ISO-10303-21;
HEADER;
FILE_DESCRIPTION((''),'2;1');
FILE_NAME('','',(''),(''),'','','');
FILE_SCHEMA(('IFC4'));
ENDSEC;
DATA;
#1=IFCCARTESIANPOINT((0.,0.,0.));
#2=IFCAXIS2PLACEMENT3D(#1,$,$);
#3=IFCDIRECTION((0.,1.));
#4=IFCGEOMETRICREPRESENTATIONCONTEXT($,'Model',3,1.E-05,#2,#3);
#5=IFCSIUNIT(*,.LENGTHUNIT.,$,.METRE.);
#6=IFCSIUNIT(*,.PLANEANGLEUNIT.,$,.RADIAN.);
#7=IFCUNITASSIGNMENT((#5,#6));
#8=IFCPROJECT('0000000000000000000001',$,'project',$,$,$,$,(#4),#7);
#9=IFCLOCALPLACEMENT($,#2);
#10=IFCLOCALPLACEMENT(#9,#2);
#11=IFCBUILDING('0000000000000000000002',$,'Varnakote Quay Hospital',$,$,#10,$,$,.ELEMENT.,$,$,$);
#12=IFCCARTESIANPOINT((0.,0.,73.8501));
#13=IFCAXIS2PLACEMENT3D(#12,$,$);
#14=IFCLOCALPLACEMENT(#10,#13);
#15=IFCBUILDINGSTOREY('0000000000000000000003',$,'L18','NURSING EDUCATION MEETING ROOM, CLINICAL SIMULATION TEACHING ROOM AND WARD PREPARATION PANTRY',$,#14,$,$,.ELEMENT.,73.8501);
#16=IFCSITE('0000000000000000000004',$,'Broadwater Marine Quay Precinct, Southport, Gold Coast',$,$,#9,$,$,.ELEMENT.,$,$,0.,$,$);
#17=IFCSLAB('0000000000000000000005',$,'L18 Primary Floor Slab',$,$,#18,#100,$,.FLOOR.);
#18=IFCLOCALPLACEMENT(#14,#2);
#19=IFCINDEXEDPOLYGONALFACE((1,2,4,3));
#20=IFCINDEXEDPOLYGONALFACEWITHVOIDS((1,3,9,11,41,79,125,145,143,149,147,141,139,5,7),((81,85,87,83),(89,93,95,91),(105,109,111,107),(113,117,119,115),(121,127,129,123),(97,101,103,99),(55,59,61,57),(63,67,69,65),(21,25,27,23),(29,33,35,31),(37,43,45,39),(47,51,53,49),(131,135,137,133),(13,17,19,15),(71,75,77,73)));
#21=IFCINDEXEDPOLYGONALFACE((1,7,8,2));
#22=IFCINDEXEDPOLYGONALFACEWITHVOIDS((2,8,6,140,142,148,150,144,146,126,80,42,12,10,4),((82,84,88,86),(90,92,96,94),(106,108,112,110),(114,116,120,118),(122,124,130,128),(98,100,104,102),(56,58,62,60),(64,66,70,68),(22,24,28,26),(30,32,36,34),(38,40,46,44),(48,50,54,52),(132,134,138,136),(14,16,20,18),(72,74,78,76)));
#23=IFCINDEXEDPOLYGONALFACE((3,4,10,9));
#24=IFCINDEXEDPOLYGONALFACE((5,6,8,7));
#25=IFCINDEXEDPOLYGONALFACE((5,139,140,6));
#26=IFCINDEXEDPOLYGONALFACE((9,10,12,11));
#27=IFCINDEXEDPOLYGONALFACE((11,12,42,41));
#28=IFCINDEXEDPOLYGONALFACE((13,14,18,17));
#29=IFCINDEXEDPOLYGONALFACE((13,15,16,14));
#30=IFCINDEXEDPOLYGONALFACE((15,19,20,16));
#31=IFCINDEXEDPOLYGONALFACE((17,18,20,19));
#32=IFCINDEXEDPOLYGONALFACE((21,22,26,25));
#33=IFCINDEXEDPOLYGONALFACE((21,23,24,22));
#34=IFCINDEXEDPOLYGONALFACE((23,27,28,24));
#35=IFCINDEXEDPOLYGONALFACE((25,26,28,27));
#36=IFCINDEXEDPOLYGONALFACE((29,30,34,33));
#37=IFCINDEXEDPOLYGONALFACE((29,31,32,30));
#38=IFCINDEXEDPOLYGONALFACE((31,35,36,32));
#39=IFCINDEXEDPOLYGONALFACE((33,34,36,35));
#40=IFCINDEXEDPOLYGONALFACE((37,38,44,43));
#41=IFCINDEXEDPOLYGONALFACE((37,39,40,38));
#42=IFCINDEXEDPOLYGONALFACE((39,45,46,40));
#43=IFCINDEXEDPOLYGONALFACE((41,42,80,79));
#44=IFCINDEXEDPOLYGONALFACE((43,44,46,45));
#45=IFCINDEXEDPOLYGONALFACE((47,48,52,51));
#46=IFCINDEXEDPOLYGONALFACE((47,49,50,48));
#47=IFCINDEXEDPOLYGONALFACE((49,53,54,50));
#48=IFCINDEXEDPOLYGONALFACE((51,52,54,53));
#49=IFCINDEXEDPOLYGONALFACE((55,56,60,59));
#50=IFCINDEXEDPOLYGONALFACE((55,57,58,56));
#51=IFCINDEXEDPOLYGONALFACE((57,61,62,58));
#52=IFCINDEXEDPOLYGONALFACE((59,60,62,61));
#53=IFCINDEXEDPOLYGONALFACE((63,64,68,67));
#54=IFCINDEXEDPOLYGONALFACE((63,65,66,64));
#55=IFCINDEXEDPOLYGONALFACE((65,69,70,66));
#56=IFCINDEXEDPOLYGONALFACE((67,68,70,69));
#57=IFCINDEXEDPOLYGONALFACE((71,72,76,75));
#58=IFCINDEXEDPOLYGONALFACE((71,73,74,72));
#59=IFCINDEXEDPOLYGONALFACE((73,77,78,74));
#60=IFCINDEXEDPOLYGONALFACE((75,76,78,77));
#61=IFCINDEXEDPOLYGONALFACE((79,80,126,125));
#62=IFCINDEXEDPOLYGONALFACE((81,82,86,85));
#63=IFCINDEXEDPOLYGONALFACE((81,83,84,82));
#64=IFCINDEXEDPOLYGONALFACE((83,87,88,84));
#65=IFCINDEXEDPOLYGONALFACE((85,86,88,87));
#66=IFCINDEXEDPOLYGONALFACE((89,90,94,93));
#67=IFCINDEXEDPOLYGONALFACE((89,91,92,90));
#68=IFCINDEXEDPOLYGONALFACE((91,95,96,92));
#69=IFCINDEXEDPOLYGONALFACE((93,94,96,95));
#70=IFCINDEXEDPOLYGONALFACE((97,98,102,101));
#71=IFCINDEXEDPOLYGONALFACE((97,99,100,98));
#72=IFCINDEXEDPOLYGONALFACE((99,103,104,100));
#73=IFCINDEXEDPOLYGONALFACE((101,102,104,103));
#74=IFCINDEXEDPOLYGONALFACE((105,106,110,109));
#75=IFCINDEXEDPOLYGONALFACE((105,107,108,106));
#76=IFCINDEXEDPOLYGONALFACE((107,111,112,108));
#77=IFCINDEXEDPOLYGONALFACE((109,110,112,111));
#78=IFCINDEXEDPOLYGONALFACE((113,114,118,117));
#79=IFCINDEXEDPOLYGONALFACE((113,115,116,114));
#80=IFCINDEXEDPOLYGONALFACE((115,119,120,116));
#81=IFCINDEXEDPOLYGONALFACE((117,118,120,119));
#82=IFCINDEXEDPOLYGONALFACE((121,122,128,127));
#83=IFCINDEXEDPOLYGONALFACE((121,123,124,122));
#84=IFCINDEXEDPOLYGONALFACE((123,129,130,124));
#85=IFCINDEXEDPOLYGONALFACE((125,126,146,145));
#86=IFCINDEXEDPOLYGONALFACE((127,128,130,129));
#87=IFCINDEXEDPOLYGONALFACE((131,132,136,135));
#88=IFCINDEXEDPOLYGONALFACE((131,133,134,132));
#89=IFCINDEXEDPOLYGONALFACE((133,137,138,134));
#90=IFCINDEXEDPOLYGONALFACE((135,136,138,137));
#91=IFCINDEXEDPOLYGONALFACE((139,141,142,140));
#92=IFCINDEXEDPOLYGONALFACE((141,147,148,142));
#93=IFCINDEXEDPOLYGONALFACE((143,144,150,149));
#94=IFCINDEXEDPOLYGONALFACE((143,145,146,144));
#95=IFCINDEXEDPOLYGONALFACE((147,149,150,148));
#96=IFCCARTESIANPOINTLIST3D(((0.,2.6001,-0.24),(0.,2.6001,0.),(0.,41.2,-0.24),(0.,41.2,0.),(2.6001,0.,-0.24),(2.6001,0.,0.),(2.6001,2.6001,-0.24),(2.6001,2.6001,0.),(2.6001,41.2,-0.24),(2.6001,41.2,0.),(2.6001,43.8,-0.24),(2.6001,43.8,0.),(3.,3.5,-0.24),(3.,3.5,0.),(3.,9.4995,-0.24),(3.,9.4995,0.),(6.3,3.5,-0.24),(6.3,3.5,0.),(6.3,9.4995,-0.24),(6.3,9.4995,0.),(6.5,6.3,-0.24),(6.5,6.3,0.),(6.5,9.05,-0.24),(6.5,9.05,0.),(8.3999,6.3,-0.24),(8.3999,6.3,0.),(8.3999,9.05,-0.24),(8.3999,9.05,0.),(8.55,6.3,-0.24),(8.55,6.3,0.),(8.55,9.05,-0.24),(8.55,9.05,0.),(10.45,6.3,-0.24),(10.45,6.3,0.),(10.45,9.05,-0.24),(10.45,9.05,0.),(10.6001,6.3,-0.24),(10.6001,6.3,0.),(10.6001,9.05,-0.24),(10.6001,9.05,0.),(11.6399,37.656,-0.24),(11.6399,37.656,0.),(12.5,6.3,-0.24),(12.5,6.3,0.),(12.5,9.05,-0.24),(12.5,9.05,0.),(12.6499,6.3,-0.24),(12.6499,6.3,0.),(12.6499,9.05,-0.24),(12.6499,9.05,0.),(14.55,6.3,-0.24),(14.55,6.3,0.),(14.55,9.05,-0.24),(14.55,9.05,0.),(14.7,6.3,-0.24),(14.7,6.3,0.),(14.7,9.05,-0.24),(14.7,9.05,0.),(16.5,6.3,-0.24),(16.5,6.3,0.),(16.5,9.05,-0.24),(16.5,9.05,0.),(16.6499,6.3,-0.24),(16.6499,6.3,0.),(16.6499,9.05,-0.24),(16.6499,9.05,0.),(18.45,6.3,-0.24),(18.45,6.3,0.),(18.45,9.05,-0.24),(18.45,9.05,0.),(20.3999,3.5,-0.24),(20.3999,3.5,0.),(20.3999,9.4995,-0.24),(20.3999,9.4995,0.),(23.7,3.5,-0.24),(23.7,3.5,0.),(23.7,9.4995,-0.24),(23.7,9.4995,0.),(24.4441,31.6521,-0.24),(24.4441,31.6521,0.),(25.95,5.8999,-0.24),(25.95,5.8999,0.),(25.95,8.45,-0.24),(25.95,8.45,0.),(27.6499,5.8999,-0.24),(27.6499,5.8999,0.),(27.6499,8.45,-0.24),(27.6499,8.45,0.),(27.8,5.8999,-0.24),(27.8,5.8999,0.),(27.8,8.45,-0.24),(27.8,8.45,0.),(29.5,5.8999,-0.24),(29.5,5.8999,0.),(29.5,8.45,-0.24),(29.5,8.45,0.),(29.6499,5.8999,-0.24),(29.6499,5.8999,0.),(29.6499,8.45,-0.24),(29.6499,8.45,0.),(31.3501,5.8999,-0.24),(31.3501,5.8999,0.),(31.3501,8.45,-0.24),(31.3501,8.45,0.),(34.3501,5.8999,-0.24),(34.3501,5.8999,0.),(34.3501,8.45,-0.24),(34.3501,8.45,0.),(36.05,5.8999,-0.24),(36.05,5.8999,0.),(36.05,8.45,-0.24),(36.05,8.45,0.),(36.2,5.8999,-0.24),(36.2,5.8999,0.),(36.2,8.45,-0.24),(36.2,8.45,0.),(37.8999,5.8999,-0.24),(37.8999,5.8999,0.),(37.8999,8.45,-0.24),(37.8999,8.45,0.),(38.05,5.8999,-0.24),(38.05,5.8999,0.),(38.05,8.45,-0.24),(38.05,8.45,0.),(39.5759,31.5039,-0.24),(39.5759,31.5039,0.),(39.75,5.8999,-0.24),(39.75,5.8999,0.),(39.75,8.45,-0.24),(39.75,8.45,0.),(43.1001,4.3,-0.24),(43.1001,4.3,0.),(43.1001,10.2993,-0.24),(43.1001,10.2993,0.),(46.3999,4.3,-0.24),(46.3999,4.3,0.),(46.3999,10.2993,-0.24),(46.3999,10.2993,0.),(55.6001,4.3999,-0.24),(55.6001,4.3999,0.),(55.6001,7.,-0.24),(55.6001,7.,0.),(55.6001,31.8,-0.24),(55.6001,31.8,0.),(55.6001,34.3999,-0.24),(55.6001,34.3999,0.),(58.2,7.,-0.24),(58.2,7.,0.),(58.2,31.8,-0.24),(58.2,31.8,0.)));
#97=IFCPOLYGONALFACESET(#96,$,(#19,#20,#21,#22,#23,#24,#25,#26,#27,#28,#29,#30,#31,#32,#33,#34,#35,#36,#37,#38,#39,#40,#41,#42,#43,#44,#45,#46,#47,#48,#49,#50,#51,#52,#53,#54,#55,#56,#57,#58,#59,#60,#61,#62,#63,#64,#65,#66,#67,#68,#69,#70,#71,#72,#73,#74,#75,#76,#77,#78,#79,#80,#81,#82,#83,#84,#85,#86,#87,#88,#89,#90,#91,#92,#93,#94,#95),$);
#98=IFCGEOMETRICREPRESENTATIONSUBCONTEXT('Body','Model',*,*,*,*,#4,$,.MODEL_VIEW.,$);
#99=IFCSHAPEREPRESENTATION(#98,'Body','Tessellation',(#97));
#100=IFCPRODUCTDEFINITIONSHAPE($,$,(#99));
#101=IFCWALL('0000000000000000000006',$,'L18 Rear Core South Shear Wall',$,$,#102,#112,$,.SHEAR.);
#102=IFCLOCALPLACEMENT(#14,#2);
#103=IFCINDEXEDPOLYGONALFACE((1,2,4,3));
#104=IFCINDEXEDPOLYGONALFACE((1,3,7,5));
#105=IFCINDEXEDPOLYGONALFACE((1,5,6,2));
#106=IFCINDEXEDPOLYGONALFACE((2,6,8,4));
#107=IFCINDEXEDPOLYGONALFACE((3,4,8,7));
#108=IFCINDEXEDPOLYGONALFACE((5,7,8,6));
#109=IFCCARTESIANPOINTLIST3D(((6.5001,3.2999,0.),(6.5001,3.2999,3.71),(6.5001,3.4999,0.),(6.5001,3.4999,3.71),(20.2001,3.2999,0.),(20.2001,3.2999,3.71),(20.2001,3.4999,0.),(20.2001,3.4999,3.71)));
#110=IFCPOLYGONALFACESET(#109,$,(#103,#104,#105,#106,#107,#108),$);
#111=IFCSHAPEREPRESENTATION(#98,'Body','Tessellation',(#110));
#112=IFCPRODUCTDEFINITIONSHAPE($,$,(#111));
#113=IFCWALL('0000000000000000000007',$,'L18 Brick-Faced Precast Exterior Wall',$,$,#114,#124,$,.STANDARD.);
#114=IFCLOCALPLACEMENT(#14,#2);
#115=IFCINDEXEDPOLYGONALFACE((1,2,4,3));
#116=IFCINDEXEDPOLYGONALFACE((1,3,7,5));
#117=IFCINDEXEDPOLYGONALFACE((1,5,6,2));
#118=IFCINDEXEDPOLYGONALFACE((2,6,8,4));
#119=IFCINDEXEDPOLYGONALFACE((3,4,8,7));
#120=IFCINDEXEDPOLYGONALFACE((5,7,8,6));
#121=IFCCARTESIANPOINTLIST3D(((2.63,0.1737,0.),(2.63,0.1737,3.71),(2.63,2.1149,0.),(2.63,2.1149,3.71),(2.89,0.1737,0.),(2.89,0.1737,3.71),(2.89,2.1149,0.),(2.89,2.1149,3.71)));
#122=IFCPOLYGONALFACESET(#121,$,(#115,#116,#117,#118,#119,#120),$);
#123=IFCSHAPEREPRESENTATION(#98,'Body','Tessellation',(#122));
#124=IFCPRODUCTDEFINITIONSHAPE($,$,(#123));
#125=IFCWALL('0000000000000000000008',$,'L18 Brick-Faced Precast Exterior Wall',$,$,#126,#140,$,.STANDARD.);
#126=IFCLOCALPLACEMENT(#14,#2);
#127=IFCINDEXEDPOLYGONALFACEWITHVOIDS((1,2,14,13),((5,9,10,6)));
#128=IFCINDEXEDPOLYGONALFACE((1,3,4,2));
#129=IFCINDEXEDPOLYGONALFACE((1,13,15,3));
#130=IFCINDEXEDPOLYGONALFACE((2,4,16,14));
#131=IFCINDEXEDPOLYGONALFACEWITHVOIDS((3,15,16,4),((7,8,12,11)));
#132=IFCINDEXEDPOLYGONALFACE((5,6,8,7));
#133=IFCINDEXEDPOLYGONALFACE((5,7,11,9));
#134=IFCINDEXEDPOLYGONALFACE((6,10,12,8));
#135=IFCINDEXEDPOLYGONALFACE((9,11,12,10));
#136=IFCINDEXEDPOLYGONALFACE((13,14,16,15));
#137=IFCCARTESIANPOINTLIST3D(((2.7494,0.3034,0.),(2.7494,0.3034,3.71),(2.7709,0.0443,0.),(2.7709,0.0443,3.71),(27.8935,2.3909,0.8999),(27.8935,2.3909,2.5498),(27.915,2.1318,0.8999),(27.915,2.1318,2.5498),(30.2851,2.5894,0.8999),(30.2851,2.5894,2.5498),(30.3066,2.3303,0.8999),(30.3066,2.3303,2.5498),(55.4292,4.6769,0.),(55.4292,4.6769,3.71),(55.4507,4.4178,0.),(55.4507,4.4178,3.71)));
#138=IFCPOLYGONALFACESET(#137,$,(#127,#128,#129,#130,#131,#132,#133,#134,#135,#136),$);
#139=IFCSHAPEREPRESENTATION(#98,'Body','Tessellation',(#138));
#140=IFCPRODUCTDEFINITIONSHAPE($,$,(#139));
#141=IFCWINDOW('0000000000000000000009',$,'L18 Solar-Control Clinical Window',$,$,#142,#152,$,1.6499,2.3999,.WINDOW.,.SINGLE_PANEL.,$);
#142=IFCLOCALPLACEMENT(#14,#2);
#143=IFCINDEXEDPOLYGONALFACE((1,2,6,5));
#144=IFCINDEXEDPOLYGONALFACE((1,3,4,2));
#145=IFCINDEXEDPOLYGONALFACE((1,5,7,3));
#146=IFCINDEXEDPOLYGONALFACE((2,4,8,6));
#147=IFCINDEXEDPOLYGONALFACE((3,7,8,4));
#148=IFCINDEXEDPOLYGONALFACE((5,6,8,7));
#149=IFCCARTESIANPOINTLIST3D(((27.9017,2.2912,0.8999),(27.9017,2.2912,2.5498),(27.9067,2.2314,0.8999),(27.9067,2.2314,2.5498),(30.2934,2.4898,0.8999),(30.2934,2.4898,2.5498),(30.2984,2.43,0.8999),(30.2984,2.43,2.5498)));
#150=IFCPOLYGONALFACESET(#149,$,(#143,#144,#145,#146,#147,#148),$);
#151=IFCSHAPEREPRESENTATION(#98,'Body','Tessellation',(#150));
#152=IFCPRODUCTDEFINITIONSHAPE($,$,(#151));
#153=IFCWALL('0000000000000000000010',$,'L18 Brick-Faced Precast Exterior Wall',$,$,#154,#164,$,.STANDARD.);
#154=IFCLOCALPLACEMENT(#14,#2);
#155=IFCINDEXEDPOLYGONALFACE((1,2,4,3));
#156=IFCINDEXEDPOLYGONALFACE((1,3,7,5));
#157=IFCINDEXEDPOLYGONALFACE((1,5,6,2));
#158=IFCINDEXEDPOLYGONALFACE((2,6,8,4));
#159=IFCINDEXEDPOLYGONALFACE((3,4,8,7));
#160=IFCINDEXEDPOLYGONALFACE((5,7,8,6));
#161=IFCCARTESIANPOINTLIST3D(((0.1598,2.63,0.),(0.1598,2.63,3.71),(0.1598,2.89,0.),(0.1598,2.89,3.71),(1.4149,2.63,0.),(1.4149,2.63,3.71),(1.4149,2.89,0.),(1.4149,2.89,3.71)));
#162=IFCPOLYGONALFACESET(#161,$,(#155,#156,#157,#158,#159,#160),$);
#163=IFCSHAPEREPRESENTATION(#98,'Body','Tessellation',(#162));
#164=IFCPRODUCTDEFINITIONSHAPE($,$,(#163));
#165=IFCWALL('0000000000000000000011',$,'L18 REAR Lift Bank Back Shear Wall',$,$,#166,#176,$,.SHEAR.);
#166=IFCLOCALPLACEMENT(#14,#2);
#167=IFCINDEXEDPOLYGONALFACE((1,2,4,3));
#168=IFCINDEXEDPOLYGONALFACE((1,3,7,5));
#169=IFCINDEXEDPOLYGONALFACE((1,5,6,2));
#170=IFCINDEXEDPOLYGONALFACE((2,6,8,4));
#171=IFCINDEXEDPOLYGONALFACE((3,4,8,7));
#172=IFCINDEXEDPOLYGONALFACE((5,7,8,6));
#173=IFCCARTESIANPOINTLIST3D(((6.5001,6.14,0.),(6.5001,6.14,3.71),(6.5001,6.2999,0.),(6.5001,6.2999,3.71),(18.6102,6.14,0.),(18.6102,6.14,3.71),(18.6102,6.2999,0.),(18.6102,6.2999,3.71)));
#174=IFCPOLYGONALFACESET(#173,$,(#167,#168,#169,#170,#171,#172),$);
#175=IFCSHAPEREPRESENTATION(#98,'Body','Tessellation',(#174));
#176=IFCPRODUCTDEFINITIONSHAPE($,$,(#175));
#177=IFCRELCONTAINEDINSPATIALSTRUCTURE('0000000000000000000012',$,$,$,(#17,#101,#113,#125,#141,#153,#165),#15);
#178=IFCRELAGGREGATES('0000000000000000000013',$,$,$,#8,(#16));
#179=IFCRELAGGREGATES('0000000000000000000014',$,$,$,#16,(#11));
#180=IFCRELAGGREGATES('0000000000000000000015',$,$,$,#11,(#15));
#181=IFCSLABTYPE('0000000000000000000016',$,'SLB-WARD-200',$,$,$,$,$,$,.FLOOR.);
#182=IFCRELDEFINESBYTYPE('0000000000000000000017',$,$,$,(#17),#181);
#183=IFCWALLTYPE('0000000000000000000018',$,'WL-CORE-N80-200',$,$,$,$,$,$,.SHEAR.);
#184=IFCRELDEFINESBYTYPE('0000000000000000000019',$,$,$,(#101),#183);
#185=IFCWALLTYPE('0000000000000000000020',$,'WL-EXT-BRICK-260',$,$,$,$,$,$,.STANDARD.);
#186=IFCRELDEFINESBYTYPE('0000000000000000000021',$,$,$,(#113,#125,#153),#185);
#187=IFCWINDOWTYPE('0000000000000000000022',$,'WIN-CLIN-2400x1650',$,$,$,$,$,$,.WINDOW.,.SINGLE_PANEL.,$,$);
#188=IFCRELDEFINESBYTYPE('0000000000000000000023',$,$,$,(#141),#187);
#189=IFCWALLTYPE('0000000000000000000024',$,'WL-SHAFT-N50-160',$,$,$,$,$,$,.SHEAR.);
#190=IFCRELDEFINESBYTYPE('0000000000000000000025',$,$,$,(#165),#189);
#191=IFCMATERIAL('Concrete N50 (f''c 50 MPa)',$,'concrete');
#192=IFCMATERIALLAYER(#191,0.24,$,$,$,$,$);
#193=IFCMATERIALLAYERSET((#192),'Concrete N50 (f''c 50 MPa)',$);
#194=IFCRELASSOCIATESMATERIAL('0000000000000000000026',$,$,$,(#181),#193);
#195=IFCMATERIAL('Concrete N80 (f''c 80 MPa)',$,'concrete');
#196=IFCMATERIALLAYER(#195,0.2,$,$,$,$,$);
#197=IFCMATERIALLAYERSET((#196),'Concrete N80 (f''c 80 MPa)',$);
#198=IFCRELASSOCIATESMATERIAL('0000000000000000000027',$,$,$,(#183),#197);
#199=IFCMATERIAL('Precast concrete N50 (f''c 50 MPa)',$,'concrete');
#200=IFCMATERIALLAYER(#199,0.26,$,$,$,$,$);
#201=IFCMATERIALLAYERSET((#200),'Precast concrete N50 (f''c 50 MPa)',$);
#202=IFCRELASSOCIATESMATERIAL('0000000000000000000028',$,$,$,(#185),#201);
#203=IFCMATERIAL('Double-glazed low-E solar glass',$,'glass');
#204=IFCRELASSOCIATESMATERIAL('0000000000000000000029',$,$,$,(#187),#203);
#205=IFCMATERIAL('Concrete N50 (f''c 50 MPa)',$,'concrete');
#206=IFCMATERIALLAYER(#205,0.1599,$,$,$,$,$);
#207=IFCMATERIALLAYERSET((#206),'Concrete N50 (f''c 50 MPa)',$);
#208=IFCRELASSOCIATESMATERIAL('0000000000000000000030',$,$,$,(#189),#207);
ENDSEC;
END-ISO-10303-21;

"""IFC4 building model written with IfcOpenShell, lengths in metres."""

from ifc_helpers import new_model, si_unit, direction, frame, frame_2d, origin, place, context, subcontext, project, spatial, polyline, rectangle, outline, extrude, material, layer, layer_set, type_object, element, fill, save


model = new_model("IFC4")

# Units and contexts
model_context = context("Model", 3, precision=1e-05, world=origin(), true_north=direction((0.0, 1.0)))
body_context = subcontext(model_context, "Body", "Model", "MODEL_VIEW")
ifc_project = project(units=[si_unit("LENGTHUNIT", "METRE"), si_unit("PLANEANGLEUNIT", "RADIAN")], contexts=[model_context])

# Site, building, storey
site_placement = place(None, origin())
site = spatial("IfcSite", under=ifc_project, at=site_placement, Name="Broadwater Marine Quay Precinct, Southport, Gold Coast", CompositionType="ELEMENT", RefElevation=0.0)
building_placement = place(site_placement, origin())
building = spatial("IfcBuilding", under=site, at=building_placement, Name="Varnakote Quay Hospital", CompositionType="ELEMENT")
storey_placement = place(building_placement, frame((0.0, 0.0, 73.8501)))
storey = spatial("IfcBuildingStorey", under=building, at=storey_placement, Name="L18", Description="NURSING EDUCATION MEETING ROOM, CLINICAL SIMULATION TEACHING ROOM AND WARD PREPARATION PANTRY", CompositionType="ELEMENT", Elevation=73.8501)

# Slab
ifc_material_1 = material(Name="Concrete N50 (f'c 50 MPa)", Category="concrete")
ifc_layer_1 = layer(ifc_material_1, 0.24)
ifc_layer_set_1 = layer_set([ifc_layer_1], Name="Concrete N50 (f'c 50 MPa)")
slab_type_1 = type_object("IfcSlabType", Name="SLB-WARD-200", PredefinedType="FLOOR", material=ifc_layer_set_1)
slab_1_placement = place(storey_placement, frame((0.0, 0.0, -0.24)))
element("IfcSlab", 1, at=slab_1_placement, inside=storey, type_object=slab_type_1, Name="L18 Primary Floor Slab", PredefinedType="FLOOR", context=body_context, shape_type="SweptSolid", body=[
    extrude(outline(polyline([(0.0, 2.6001), (2.6001, 2.6001), (2.6001, 0.0), (55.6001, 4.3999), (55.6001, 7.0), (58.2, 7.0), (58.2, 31.8), (55.6001, 31.8), (55.6001, 34.3999), (39.5759, 31.5039), (24.4441, 31.6521), (11.6399, 37.656), (2.6001, 43.8), (2.6001, 41.2), (0.0, 41.2), (0.0, 2.6001)]), holes=[polyline([(3.0, 3.5), (6.3, 3.5), (6.3, 9.4995), (3.0, 9.4995), (3.0, 3.5)]), polyline([(20.3999, 3.5), (23.7, 3.5), (23.7, 9.4995), (20.3999, 9.4995), (20.3999, 3.5)]), polyline([(43.1001, 4.3), (46.3999, 4.3), (46.3999, 10.2993), (43.1001, 10.2993), (43.1001, 4.3)]), polyline([(6.5, 6.3), (8.3999, 6.3), (8.3999, 9.05), (6.5, 9.05), (6.5, 6.3)]), polyline([(8.55, 6.3), (10.45, 6.3), (10.45, 9.05), (8.55, 9.05), (8.55, 6.3)]), polyline([(10.6001, 6.3), (12.5, 6.3), (12.5, 9.05), (10.6001, 9.05), (10.6001, 6.3)]), polyline([(12.6499, 6.3), (14.55, 6.3), (14.55, 9.05), (12.6499, 9.05), (12.6499, 6.3)]), polyline([(14.7, 6.3), (16.5, 6.3), (16.5, 9.05), (14.7, 9.05), (14.7, 6.3)]), polyline([(16.6499, 6.3), (18.45, 6.3), (18.45, 9.05), (16.6499, 9.05), (16.6499, 6.3)]), polyline([(25.95, 5.8999), (27.6499, 5.8999), (27.6499, 8.45), (25.95, 8.45), (25.95, 5.8999)]), polyline([(27.8, 5.8999), (29.5, 5.8999), (29.5, 8.45), (27.8, 8.45), (27.8, 5.8999)]), polyline([(29.6499, 5.8999), (31.3501, 5.8999), (31.3501, 8.45), (29.6499, 8.45), (29.6499, 5.8999)]), polyline([(34.3501, 5.8999), (36.05, 5.8999), (36.05, 8.45), (34.3501, 8.45), (34.3501, 5.8999)]), polyline([(36.2, 5.8999), (37.8999, 5.8999), (37.8999, 8.45), (36.2, 8.45), (36.2, 5.8999)]), polyline([(38.05, 5.8999), (39.75, 5.8999), (39.75, 8.45), (38.05, 8.45), (38.05, 5.8999)])]), origin(), (0.0, 0.0, 1.0), 0.24),
])

# Walls
ifc_material_2 = material(Name="Concrete N80 (f'c 80 MPa)", Category="concrete")
ifc_layer_2 = layer(ifc_material_2, 0.2)
ifc_layer_set_2 = layer_set([ifc_layer_2], Name="Concrete N80 (f'c 80 MPa)")
wall_type_1 = type_object("IfcWallType", Name="WL-CORE-N80-200", PredefinedType="SHEAR", material=ifc_layer_set_2)
wall_1_placement = place(storey_placement, frame((6.5, 3.3999, 0.0), z_axis=(0.0, 0.0, 1.0), x_axis=(1.0, 0.0, 0.0)))
element("IfcWall", 2, at=wall_1_placement, inside=storey, type_object=wall_type_1, Name="L18 Rear Core South Shear Wall", PredefinedType="SHEAR", context=body_context, shape_type="SweptSolid", body=[
    extrude(rectangle(XDim=13.7, YDim=0.2, at=frame_2d((6.8501, 0.0))), origin(), (0.0, 0.0, 1.0), 3.71),
])
ifc_material_3 = material(Name="Precast concrete N50 (f'c 50 MPa)", Category="concrete")
ifc_layer_3 = layer(ifc_material_3, 0.26)
ifc_layer_set_3 = layer_set([ifc_layer_3], Name="Precast concrete N50 (f'c 50 MPa)")
wall_type_2 = type_object("IfcWallType", Name="WL-EXT-BRICK-260", PredefinedType="STANDARD", material=ifc_layer_set_3)
wall_2_placement = place(storey_placement, frame((2.76, 2.115, 0.0), z_axis=(0.0, 0.0, 1.0), x_axis=(0.0, -1.0, 0.0)))
element("IfcWall", 3, at=wall_2_placement, inside=storey, type_object=wall_type_2, Name="L18 Brick-Faced Precast Exterior Wall", PredefinedType="STANDARD", context=body_context, shape_type="SweptSolid", body=[
    extrude(rectangle(XDim=1.9412, YDim=0.26, at=frame_2d((0.9707, 0.0))), origin(), (0.0, 0.0, 1.0), 3.71),
])

# Wall, opening, window
wall_3_placement = place(storey_placement, frame((2.76, 0.1738, 0.0), z_axis=(0.0, 0.0, 1.0), x_axis=(0.996571, 0.082736, 0.0)))
wall_3 = element("IfcWall", 4, at=wall_3_placement, inside=storey, type_object=wall_type_2, Name="L18 Brick-Faced Precast Exterior Wall", PredefinedType="STANDARD", context=body_context, shape_type="SweptSolid", body=[
    extrude(rectangle(XDim=52.8611, YDim=0.26, at=frame_2d((26.4307, 0.0))), origin(), (0.0, 0.0, 1.0), 3.71),
])
opening_1_placement = place(wall_3_placement, frame((25.2307, 0.0, 0.8999)))
opening_1 = element("IfcOpeningElement", 5, at=opening_1_placement, cuts=wall_3, PredefinedType="OPENING", context=body_context, shape_type="SweptSolid", body=[
    extrude(rectangle(XDim=2.3999, YDim=1.6499, at=frame_2d((1.2, 0.825))), frame((0.0, 0.1399, 0.0), z_axis=(0.0, -1.0, 0.0), x_axis=(1.0, 0.0, 0.0)), (0.0, 0.0, 1.0), 0.28),
])
ifc_material_4 = material(Name="Double-glazed low-E solar glass", Category="glass")
window_type = type_object("IfcWindowType", Name="WIN-CLIN-2400x1650", PartitioningType="SINGLE_PANEL", PredefinedType="WINDOW", material=ifc_material_4)
window_placement = place(opening_1_placement, origin())
window = element("IfcWindow", 6, at=window_placement, inside=storey, type_object=window_type, Name="L18 Solar-Control Clinical Window", OverallHeight=1.6499, OverallWidth=2.3999, PartitioningType="SINGLE_PANEL", PredefinedType="WINDOW", context=body_context, shape_type="SweptSolid", body=[
    extrude(rectangle(XDim=2.3999, YDim=1.6499, at=frame_2d((1.2, 0.825))), frame((0.0, 0.03, 0.0), z_axis=(0.0, -1.0, 0.0), x_axis=(1.0, 0.0, 0.0)), (0.0, 0.0, 1.0), 0.0601),
])
fill(opening_1, window)

# Walls
wall_4_placement = place(storey_placement, frame((0.1599, 2.76, 0.0), z_axis=(0.0, 0.0, 1.0), x_axis=(1.0, 0.0, 0.0)))
element("IfcWall", 7, at=wall_4_placement, inside=storey, type_object=wall_type_2, Name="L18 Brick-Faced Precast Exterior Wall", PredefinedType="STANDARD", context=body_context, shape_type="SweptSolid", body=[
    extrude(rectangle(XDim=1.2551, YDim=0.26, at=frame_2d((0.6274, 0.0))), origin(), (0.0, 0.0, 1.0), 3.71),
])
ifc_material_5 = material(Name="Concrete N50 (f'c 50 MPa)", Category="concrete")
ifc_layer_4 = layer(ifc_material_5, 0.1599)
ifc_layer_set_4 = layer_set([ifc_layer_4], Name="Concrete N50 (f'c 50 MPa)")
wall_type_3 = type_object("IfcWallType", Name="WL-SHAFT-N50-160", PredefinedType="SHEAR", material=ifc_layer_set_4)
wall_5_placement = place(storey_placement, frame((6.5, 6.22, 0.0), z_axis=(0.0, 0.0, 1.0), x_axis=(1.0, 0.0, 0.0)))
element("IfcWall", 8, at=wall_5_placement, inside=storey, type_object=wall_type_3, Name="L18 REAR Lift Bank Back Shear Wall", PredefinedType="SHEAR", context=body_context, shape_type="SweptSolid", body=[
    extrude(rectangle(XDim=12.1101, YDim=0.1599, at=frame_2d((6.0552, 0.0))), origin(), (0.0, 0.0, 1.0), 3.71),
])

save(model, "model.ifc")
